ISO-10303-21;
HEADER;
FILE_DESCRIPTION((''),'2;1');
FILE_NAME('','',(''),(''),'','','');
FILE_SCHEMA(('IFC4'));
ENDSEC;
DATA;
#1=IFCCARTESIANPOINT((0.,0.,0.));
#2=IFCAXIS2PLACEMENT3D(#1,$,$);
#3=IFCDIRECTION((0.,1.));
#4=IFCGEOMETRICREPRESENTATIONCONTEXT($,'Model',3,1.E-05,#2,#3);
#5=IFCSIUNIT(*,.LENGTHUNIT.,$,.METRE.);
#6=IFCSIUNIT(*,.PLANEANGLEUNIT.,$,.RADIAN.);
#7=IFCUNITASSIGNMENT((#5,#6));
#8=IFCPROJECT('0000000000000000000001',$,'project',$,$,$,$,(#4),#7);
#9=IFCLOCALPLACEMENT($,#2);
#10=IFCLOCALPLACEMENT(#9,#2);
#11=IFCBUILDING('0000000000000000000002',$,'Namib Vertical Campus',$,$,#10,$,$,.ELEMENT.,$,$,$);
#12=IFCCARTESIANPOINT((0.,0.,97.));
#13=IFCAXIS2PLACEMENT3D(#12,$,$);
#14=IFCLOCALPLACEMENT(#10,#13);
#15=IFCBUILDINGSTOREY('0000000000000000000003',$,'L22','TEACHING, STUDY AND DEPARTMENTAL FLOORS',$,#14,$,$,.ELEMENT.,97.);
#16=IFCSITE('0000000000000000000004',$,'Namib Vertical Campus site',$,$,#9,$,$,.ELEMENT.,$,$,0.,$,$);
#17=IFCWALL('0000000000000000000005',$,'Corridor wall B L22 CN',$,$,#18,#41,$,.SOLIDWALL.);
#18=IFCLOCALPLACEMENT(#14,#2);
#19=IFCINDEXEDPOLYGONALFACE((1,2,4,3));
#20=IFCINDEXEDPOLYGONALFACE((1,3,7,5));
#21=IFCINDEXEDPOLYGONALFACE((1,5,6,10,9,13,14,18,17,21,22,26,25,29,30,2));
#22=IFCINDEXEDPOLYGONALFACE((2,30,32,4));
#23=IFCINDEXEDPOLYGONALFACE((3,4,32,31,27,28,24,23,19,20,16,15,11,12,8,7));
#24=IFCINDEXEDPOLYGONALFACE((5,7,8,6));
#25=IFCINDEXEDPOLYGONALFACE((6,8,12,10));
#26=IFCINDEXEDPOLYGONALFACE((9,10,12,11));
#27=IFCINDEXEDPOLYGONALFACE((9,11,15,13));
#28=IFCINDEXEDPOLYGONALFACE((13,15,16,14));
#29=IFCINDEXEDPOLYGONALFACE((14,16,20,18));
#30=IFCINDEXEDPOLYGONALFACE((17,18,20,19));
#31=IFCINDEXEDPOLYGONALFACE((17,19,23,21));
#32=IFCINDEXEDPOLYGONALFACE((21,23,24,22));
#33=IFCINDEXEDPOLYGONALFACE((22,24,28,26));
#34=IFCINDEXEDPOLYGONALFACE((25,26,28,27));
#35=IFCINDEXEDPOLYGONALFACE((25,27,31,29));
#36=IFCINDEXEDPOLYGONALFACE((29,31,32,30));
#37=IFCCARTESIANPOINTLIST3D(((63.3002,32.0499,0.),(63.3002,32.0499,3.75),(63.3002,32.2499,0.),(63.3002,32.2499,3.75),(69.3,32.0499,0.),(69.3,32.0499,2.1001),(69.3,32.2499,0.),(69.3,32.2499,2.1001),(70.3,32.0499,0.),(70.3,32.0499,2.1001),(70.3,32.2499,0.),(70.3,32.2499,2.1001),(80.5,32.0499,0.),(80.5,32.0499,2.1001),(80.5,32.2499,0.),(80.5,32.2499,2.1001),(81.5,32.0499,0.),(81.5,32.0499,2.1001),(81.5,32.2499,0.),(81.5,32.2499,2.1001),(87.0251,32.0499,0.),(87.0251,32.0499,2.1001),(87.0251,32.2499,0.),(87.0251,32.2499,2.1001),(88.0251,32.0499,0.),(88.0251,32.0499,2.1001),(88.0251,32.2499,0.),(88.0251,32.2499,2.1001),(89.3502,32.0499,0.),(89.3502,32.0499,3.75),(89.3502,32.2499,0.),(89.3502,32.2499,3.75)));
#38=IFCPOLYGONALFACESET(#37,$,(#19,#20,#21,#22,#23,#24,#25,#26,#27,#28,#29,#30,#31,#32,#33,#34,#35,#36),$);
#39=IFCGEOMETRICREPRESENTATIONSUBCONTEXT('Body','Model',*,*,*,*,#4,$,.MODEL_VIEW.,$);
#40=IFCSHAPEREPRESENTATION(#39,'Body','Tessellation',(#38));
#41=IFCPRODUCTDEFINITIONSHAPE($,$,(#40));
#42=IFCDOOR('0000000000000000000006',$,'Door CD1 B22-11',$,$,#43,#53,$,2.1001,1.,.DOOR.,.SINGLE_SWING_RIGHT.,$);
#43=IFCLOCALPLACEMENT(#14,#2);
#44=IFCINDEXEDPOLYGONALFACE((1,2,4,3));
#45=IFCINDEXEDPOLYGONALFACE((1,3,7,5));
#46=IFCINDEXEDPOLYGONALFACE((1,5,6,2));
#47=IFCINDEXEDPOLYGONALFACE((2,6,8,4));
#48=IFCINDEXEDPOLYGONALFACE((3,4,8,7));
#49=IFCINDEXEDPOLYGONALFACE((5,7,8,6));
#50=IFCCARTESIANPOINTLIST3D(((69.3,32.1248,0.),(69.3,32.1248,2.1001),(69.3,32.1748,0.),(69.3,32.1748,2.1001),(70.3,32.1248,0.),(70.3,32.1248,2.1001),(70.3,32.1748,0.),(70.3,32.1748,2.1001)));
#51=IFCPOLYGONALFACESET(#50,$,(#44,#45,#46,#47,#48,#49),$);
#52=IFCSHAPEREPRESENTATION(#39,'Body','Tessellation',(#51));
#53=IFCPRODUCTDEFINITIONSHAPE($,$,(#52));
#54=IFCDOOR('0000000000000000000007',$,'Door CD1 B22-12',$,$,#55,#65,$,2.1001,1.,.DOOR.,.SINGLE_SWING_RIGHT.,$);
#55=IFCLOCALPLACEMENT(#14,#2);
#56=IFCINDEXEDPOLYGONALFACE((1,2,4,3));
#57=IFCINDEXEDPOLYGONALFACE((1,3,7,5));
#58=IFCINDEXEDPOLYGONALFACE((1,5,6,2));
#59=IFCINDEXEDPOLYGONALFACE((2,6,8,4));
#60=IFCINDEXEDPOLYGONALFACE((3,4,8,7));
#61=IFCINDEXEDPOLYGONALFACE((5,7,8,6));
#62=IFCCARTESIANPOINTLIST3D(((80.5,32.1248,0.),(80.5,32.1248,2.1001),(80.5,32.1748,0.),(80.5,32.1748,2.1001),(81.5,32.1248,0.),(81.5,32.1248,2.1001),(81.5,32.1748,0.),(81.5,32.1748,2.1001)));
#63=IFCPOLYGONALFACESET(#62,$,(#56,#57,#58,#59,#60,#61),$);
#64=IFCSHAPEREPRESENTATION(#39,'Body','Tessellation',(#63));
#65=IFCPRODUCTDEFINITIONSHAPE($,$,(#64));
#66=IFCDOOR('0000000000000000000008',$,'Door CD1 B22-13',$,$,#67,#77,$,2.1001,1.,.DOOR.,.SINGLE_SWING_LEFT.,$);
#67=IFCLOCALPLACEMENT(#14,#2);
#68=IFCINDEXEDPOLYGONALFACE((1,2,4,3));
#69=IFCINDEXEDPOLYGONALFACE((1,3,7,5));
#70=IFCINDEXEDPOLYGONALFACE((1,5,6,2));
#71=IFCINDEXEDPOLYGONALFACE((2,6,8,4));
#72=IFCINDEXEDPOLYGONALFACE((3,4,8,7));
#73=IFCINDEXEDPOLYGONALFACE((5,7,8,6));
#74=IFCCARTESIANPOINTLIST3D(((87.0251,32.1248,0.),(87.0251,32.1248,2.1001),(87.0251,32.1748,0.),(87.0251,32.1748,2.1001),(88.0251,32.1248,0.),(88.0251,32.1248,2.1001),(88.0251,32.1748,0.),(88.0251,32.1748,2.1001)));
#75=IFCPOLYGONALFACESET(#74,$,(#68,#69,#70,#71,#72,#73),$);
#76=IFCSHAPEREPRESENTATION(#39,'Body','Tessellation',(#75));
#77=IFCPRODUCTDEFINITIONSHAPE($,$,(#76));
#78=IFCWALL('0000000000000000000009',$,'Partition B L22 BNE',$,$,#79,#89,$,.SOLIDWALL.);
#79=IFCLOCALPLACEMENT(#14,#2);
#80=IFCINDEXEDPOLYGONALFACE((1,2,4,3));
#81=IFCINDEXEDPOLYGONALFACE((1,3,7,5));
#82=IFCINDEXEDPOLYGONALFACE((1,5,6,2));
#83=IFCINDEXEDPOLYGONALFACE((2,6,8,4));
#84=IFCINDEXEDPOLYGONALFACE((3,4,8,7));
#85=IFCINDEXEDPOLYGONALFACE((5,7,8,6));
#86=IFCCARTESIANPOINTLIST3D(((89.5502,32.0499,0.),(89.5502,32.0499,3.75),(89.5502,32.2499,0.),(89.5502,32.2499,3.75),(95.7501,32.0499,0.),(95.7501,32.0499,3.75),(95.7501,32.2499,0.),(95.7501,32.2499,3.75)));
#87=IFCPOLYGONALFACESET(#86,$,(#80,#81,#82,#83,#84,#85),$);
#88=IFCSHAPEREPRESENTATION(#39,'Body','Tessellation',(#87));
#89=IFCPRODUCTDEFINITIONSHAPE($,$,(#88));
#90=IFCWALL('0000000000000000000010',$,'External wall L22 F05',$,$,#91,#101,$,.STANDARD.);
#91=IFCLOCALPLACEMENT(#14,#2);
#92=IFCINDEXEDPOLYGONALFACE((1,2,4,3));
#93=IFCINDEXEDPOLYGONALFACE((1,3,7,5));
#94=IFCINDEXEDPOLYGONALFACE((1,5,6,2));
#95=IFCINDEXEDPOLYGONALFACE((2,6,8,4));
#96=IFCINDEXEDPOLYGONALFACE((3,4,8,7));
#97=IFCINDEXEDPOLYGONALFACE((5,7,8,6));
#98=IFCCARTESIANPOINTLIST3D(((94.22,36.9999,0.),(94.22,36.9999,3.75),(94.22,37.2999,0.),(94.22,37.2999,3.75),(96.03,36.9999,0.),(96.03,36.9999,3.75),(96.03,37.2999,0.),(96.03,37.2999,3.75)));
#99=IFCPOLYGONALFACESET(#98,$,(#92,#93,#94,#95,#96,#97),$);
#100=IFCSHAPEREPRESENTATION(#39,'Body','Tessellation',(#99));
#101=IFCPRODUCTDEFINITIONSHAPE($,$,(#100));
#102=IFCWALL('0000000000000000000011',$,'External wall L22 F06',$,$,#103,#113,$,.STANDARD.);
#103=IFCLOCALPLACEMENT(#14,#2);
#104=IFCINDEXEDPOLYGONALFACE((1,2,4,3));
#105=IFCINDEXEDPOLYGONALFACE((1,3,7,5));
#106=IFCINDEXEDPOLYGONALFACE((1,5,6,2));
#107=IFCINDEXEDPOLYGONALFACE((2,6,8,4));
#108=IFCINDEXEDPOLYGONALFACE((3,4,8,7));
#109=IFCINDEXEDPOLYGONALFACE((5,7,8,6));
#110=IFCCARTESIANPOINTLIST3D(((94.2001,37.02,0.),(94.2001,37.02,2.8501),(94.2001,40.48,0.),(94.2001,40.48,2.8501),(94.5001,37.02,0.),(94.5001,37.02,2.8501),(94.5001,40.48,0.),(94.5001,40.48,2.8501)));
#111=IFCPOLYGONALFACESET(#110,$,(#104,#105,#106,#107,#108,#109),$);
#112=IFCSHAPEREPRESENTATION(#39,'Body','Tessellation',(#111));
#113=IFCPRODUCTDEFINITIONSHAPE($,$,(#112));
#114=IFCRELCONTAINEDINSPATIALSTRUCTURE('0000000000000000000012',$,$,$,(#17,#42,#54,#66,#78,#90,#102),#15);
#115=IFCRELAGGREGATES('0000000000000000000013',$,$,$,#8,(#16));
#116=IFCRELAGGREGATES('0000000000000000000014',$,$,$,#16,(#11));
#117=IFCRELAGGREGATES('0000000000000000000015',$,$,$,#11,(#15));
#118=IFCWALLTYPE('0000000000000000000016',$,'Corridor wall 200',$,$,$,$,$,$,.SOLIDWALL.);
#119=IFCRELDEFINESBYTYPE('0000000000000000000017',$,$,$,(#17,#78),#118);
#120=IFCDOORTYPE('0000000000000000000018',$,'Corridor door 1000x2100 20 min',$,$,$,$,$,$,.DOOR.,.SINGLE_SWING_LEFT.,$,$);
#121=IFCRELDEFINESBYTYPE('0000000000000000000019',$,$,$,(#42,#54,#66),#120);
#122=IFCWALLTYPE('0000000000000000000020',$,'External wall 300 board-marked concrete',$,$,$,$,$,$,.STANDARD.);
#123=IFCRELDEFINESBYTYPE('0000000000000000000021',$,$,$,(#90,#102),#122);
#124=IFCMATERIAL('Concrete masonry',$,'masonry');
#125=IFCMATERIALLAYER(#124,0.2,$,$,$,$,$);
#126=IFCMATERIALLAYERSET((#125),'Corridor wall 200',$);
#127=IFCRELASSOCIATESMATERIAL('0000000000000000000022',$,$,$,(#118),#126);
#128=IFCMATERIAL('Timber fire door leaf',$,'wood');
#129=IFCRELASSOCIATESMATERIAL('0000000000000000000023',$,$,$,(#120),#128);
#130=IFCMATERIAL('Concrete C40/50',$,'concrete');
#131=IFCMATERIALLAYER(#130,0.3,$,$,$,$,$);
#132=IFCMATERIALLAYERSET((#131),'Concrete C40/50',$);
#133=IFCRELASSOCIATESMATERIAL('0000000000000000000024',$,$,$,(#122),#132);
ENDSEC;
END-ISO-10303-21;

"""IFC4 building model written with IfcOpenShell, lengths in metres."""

from ifc_helpers import new_model, si_unit, direction, frame, frame_2d, origin, place, context, subcontext, project, spatial, rectangle, extrude, material, layer, layer_set, type_object, element, fill, save


model = new_model("IFC4")

# Units and contexts
model_context = context("Model", 3, precision=1e-05, world=origin(), true_north=direction((0.0, 1.0)))
body_context = subcontext(model_context, "Body", "Model", "MODEL_VIEW")
ifc_project = project(units=[si_unit("LENGTHUNIT", "METRE"), si_unit("PLANEANGLEUNIT", "RADIAN")], contexts=[model_context])

# Site, building, storey
site_placement = place(None, origin())
site = spatial("IfcSite", under=ifc_project, at=site_placement, Name="Namib Vertical Campus site", CompositionType="ELEMENT", RefElevation=0.0)
building_placement = place(site_placement, origin())
building = spatial("IfcBuilding", under=site, at=building_placement, Name="Namib Vertical Campus", CompositionType="ELEMENT")
storey_placement = place(building_placement, frame((0.0, 0.0, 97.0)))
storey = spatial("IfcBuildingStorey", under=building, at=storey_placement, Name="L22", Description="TEACHING, STUDY AND DEPARTMENTAL FLOORS", CompositionType="ELEMENT", Elevation=97.0)

# Wall, openings, doors
ifc_material_1 = material(Name="Concrete masonry", Category="masonry")
ifc_layer_1 = layer(ifc_material_1, 0.2)
ifc_layer_set_1 = layer_set([ifc_layer_1], Name="Corridor wall 200")
wall_type_1 = type_object("IfcWallType", Name="Corridor wall 200", PredefinedType="SOLIDWALL", material=ifc_layer_set_1)
wall_1_placement = place(storey_placement, frame((89.3501, 32.1499, 0.0), z_axis=(0.0, 0.0, 1.0), x_axis=(-1.0, 0.0, 0.0)))
wall_1 = element("IfcWall", 1, at=wall_1_placement, inside=storey, type_object=wall_type_1, Name="Corridor wall B L22 CN", PredefinedType="SOLIDWALL", context=body_context, shape_type="SweptSolid", body=[
    extrude(rectangle(XDim=26.05, YDim=0.2, at=frame_2d((13.0249, 0.0))), origin(), (0.0, 0.0, 1.0), 3.75),
])
opening_1_placement = place(wall_1_placement, frame((19.05, 0.0, 0.0)))
opening_1 = element("IfcOpeningElement", 2, at=opening_1_placement, cuts=wall_1, PredefinedType="OPENING", context=body_context, shape_type="SweptSolid", body=[
    extrude(rectangle(XDim=1.0, YDim=2.1001, at=frame_2d((0.5, 1.05))), frame((0.0, 0.1099, 0.0), z_axis=(0.0, -1.0, 0.0), x_axis=(1.0, 0.0, 0.0)), (0.0, 0.0, 1.0), 0.22),
])
opening_2_placement = place(wall_1_placement, frame((7.8501, 0.0, 0.0)))
opening_2 = element("IfcOpeningElement", 3, at=opening_2_placement, cuts=wall_1, PredefinedType="OPENING", context=body_context, shape_type="SweptSolid", body=[
    extrude(rectangle(XDim=1.0, YDim=2.1001, at=frame_2d((0.5, 1.05))), frame((0.0, 0.1099, 0.0), z_axis=(0.0, -1.0, 0.0), x_axis=(1.0, 0.0, 0.0)), (0.0, 0.0, 1.0), 0.22),
])
opening_3_placement = place(wall_1_placement, frame((1.325, 0.0, 0.0)))
opening_3 = element("IfcOpeningElement", 4, at=opening_3_placement, cuts=wall_1, PredefinedType="OPENING", context=body_context, shape_type="SweptSolid", body=[
    extrude(rectangle(XDim=1.0, YDim=2.1001, at=frame_2d((0.5, 1.05))), frame((0.0, 0.1099, 0.0), z_axis=(0.0, -1.0, 0.0), x_axis=(1.0, 0.0, 0.0)), (0.0, 0.0, 1.0), 0.22),
])
ifc_material_2 = material(Name="Timber fire door leaf", Category="wood")
door_type_1 = type_object("IfcDoorType", Name="Corridor door 1000x2100 20 min", OperationType="SINGLE_SWING_LEFT", PredefinedType="DOOR", material=ifc_material_2)
door_1_placement = place(opening_1_placement, frame((1.0, 0.0, 0.0), z_axis=(0.0, 0.0, 1.0), x_axis=(-1.0, 0.0, 0.0)))
door_1 = element("IfcDoor", 5, at=door_1_placement, inside=storey, type_object=door_type_1, Name="Door CD1 B22-11", OperationType="SINGLE_SWING_RIGHT", OverallHeight=2.1001, OverallWidth=1.0, PredefinedType="DOOR", context=body_context, shape_type="SweptSolid", body=[
    extrude(rectangle(XDim=1.0, YDim=2.1001, at=frame_2d((0.5, 1.05))), frame((0.0, 0.0249, 0.0), z_axis=(0.0, -1.0, 0.0), x_axis=(1.0, 0.0, 0.0)), (0.0, 0.0, 1.0), 0.05),
])
fill(opening_1, door_1)
door_2_placement = place(opening_2_placement, frame((1.0, 0.0, 0.0), z_axis=(0.0, 0.0, 1.0), x_axis=(-1.0, 0.0, 0.0)))
door_2 = element("IfcDoor", 6, at=door_2_placement, inside=storey, type_object=door_type_1, Name="Door CD1 B22-12", OperationType="SINGLE_SWING_RIGHT", OverallHeight=2.1001, OverallWidth=1.0, PredefinedType="DOOR", context=body_context, shape_type="SweptSolid", body=[
    extrude(rectangle(XDim=1.0, YDim=2.1001, at=frame_2d((0.5, 1.05))), frame((0.0, 0.0249, 0.0), z_axis=(0.0, -1.0, 0.0), x_axis=(1.0, 0.0, 0.0)), (0.0, 0.0, 1.0), 0.05),
])
fill(opening_2, door_2)
door_3_placement = place(opening_3_placement, frame((1.0, 0.0, 0.0), z_axis=(0.0, 0.0, 1.0), x_axis=(-1.0, 0.0, 0.0)))
door_3 = element("IfcDoor", 7, at=door_3_placement, inside=storey, type_object=door_type_1, Name="Door CD1 B22-13", OperationType="SINGLE_SWING_LEFT", OverallHeight=2.1001, OverallWidth=1.0, PredefinedType="DOOR", context=body_context, shape_type="SweptSolid", body=[
    extrude(rectangle(XDim=1.0, YDim=2.1001, at=frame_2d((0.5, 1.05))), frame((0.0, 0.0249, 0.0), z_axis=(0.0, -1.0, 0.0), x_axis=(1.0, 0.0, 0.0)), (0.0, 0.0, 1.0), 0.05),
])
fill(opening_3, door_3)

# Walls
wall_2_placement = place(storey_placement, frame((89.55, 32.1499, 0.0), z_axis=(0.0, 0.0, 1.0), x_axis=(1.0, 0.0, 0.0)))
element("IfcWall", 8, at=wall_2_placement, inside=storey, type_object=wall_type_1, Name="Partition B L22 BNE", PredefinedType="SOLIDWALL", context=body_context, shape_type="SweptSolid", body=[
    extrude(rectangle(XDim=6.2, YDim=0.2, at=frame_2d((3.1001, 0.0))), origin(), (0.0, 0.0, 1.0), 3.75),
])
ifc_material_3 = material(Name="Concrete C40/50", Category="concrete")
ifc_layer_2 = layer(ifc_material_3, 0.3)
ifc_layer_set_2 = layer_set([ifc_layer_2], Name="Concrete C40/50")
wall_type_2 = type_object("IfcWallType", Name="External wall 300 board-marked concrete", PredefinedType="STANDARD", material=ifc_layer_set_2)
wall_3_placement = place(storey_placement, frame((96.03, 37.1499, 0.0), z_axis=(0.0, 0.0, 1.0), x_axis=(-1.0, 0.0, 0.0)))
element("IfcWall", 9, at=wall_3_placement, inside=storey, type_object=wall_type_2, Name="External wall L22 F05", PredefinedType="STANDARD", context=body_context, shape_type="SweptSolid", body=[
    extrude(rectangle(XDim=1.8101, YDim=0.3, at=frame_2d((0.905, 0.0))), origin(), (0.0, 0.0, 1.0), 3.75),
])
wall_4_placement = place(storey_placement, frame((94.3501, 37.02, 0.0), z_axis=(0.0, 0.0, 1.0), x_axis=(0.0, 1.0, 0.0)))
element("IfcWall", 10, at=wall_4_placement, inside=storey, type_object=wall_type_2, Name="External wall L22 F06", PredefinedType="STANDARD", context=body_context, shape_type="SweptSolid", body=[
    extrude(rectangle(XDim=3.46, YDim=0.3, at=frame_2d((1.73, 0.0))), origin(), (0.0, 0.0, 1.0), 2.8501),
])

save(model, "model.ifc")
